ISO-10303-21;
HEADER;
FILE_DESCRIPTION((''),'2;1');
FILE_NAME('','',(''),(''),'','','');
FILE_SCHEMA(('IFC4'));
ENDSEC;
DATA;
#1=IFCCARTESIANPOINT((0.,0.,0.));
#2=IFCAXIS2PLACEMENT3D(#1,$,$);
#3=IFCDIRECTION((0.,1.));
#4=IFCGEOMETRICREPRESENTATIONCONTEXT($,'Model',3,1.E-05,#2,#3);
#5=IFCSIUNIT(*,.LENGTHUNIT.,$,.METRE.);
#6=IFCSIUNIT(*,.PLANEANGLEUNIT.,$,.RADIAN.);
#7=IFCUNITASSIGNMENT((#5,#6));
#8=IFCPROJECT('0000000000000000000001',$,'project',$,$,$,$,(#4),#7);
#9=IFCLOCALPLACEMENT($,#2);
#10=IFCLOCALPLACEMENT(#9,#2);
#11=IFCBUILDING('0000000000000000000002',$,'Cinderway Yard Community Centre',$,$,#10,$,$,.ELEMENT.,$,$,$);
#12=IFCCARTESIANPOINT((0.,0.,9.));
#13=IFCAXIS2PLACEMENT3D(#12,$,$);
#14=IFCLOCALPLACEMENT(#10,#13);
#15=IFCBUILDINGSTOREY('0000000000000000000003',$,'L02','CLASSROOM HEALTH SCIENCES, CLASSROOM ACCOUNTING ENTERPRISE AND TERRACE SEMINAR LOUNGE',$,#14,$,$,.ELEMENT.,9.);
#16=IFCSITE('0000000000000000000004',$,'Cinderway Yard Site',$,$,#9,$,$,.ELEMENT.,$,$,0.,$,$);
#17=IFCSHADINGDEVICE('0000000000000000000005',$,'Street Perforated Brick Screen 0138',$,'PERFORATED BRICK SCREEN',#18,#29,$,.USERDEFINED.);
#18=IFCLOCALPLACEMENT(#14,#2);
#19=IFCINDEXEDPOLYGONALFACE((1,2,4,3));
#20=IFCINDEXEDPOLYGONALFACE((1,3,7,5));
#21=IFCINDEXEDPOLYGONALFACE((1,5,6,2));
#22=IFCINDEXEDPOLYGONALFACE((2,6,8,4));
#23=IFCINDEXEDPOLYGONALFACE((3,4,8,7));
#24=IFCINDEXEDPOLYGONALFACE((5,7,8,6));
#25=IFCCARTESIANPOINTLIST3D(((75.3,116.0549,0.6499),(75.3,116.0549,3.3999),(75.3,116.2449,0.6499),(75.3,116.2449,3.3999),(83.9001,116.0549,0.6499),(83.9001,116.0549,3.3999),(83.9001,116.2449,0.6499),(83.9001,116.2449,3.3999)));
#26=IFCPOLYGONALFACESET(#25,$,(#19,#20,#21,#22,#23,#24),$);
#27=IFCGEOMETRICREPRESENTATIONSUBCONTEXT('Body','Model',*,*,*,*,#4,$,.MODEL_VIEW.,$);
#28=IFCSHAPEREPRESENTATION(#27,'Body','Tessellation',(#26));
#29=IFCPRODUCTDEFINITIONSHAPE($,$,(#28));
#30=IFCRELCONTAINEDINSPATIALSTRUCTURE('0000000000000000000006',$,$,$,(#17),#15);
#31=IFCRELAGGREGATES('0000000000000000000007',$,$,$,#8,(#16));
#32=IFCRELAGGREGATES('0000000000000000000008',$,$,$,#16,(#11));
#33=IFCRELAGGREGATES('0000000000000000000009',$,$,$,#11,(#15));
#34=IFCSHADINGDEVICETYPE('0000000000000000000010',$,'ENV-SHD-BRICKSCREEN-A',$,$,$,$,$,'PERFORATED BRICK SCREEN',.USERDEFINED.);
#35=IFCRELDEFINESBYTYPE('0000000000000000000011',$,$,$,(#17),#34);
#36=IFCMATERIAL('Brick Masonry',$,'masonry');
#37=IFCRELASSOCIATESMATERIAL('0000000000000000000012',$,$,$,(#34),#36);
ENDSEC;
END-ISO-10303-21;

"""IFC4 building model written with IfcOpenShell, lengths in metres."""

from ifc_helpers import new_model, si_unit, direction, frame, origin, origin_2d, place, context, subcontext, project, spatial, rectangle, extrude, material, type_object, element, save


model = new_model("IFC4")

# Units and contexts
model_context = context("Model", 3, precision=1e-05, world=origin(), true_north=direction((0.0, 1.0)))
body_context = subcontext(model_context, "Body", "Model", "MODEL_VIEW")
ifc_project = project(units=[si_unit("LENGTHUNIT", "METRE"), si_unit("PLANEANGLEUNIT", "RADIAN")], contexts=[model_context])

# Site, building, storey
site_placement = place(None, origin())
site = spatial("IfcSite", under=ifc_project, at=site_placement, Name="Cinderway Yard Site", CompositionType="ELEMENT", RefElevation=0.0)
building_placement = place(site_placement, origin())
building = spatial("IfcBuilding", under=site, at=building_placement, Name="Cinderway Yard Community Centre", CompositionType="ELEMENT")
storey_placement = place(building_placement, frame((0.0, 0.0, 9.0)))
storey = spatial("IfcBuildingStorey", under=building, at=storey_placement, Name="L02", Description="CLASSROOM HEALTH SCIENCES, CLASSROOM ACCOUNTING ENTERPRISE AND TERRACE SEMINAR LOUNGE", CompositionType="ELEMENT", Elevation=9.0)

# Shared definitions
ifc_material_1 = material(Name="Brick Masonry", Category="masonry")

# Shading device
shading_device_type = type_object("IfcShadingDeviceType", Name="ENV-SHD-BRICKSCREEN-A", ElementType="PERFORATED BRICK SCREEN", PredefinedType="USERDEFINED", material=ifc_material_1)
shading_device_placement = place(storey_placement, frame((79.6001, 116.1499, 0.6499), z_axis=(0.0, 0.0, 1.0), x_axis=(1.0, 0.0, 0.0)))
element("IfcShadingDevice", 1, at=shading_device_placement, inside=storey, type_object=shading_device_type, Name="Street Perforated Brick Screen 0138", ObjectType="PERFORATED BRICK SCREEN", PredefinedType="USERDEFINED", context=body_context, shape_type="SweptSolid", body=[
    extrude(rectangle(XDim=8.6001, YDim=0.1899, at=origin_2d()), origin(), (0.0, 0.0, 1.0), 2.75),
])

save(model, "model.ifc")
